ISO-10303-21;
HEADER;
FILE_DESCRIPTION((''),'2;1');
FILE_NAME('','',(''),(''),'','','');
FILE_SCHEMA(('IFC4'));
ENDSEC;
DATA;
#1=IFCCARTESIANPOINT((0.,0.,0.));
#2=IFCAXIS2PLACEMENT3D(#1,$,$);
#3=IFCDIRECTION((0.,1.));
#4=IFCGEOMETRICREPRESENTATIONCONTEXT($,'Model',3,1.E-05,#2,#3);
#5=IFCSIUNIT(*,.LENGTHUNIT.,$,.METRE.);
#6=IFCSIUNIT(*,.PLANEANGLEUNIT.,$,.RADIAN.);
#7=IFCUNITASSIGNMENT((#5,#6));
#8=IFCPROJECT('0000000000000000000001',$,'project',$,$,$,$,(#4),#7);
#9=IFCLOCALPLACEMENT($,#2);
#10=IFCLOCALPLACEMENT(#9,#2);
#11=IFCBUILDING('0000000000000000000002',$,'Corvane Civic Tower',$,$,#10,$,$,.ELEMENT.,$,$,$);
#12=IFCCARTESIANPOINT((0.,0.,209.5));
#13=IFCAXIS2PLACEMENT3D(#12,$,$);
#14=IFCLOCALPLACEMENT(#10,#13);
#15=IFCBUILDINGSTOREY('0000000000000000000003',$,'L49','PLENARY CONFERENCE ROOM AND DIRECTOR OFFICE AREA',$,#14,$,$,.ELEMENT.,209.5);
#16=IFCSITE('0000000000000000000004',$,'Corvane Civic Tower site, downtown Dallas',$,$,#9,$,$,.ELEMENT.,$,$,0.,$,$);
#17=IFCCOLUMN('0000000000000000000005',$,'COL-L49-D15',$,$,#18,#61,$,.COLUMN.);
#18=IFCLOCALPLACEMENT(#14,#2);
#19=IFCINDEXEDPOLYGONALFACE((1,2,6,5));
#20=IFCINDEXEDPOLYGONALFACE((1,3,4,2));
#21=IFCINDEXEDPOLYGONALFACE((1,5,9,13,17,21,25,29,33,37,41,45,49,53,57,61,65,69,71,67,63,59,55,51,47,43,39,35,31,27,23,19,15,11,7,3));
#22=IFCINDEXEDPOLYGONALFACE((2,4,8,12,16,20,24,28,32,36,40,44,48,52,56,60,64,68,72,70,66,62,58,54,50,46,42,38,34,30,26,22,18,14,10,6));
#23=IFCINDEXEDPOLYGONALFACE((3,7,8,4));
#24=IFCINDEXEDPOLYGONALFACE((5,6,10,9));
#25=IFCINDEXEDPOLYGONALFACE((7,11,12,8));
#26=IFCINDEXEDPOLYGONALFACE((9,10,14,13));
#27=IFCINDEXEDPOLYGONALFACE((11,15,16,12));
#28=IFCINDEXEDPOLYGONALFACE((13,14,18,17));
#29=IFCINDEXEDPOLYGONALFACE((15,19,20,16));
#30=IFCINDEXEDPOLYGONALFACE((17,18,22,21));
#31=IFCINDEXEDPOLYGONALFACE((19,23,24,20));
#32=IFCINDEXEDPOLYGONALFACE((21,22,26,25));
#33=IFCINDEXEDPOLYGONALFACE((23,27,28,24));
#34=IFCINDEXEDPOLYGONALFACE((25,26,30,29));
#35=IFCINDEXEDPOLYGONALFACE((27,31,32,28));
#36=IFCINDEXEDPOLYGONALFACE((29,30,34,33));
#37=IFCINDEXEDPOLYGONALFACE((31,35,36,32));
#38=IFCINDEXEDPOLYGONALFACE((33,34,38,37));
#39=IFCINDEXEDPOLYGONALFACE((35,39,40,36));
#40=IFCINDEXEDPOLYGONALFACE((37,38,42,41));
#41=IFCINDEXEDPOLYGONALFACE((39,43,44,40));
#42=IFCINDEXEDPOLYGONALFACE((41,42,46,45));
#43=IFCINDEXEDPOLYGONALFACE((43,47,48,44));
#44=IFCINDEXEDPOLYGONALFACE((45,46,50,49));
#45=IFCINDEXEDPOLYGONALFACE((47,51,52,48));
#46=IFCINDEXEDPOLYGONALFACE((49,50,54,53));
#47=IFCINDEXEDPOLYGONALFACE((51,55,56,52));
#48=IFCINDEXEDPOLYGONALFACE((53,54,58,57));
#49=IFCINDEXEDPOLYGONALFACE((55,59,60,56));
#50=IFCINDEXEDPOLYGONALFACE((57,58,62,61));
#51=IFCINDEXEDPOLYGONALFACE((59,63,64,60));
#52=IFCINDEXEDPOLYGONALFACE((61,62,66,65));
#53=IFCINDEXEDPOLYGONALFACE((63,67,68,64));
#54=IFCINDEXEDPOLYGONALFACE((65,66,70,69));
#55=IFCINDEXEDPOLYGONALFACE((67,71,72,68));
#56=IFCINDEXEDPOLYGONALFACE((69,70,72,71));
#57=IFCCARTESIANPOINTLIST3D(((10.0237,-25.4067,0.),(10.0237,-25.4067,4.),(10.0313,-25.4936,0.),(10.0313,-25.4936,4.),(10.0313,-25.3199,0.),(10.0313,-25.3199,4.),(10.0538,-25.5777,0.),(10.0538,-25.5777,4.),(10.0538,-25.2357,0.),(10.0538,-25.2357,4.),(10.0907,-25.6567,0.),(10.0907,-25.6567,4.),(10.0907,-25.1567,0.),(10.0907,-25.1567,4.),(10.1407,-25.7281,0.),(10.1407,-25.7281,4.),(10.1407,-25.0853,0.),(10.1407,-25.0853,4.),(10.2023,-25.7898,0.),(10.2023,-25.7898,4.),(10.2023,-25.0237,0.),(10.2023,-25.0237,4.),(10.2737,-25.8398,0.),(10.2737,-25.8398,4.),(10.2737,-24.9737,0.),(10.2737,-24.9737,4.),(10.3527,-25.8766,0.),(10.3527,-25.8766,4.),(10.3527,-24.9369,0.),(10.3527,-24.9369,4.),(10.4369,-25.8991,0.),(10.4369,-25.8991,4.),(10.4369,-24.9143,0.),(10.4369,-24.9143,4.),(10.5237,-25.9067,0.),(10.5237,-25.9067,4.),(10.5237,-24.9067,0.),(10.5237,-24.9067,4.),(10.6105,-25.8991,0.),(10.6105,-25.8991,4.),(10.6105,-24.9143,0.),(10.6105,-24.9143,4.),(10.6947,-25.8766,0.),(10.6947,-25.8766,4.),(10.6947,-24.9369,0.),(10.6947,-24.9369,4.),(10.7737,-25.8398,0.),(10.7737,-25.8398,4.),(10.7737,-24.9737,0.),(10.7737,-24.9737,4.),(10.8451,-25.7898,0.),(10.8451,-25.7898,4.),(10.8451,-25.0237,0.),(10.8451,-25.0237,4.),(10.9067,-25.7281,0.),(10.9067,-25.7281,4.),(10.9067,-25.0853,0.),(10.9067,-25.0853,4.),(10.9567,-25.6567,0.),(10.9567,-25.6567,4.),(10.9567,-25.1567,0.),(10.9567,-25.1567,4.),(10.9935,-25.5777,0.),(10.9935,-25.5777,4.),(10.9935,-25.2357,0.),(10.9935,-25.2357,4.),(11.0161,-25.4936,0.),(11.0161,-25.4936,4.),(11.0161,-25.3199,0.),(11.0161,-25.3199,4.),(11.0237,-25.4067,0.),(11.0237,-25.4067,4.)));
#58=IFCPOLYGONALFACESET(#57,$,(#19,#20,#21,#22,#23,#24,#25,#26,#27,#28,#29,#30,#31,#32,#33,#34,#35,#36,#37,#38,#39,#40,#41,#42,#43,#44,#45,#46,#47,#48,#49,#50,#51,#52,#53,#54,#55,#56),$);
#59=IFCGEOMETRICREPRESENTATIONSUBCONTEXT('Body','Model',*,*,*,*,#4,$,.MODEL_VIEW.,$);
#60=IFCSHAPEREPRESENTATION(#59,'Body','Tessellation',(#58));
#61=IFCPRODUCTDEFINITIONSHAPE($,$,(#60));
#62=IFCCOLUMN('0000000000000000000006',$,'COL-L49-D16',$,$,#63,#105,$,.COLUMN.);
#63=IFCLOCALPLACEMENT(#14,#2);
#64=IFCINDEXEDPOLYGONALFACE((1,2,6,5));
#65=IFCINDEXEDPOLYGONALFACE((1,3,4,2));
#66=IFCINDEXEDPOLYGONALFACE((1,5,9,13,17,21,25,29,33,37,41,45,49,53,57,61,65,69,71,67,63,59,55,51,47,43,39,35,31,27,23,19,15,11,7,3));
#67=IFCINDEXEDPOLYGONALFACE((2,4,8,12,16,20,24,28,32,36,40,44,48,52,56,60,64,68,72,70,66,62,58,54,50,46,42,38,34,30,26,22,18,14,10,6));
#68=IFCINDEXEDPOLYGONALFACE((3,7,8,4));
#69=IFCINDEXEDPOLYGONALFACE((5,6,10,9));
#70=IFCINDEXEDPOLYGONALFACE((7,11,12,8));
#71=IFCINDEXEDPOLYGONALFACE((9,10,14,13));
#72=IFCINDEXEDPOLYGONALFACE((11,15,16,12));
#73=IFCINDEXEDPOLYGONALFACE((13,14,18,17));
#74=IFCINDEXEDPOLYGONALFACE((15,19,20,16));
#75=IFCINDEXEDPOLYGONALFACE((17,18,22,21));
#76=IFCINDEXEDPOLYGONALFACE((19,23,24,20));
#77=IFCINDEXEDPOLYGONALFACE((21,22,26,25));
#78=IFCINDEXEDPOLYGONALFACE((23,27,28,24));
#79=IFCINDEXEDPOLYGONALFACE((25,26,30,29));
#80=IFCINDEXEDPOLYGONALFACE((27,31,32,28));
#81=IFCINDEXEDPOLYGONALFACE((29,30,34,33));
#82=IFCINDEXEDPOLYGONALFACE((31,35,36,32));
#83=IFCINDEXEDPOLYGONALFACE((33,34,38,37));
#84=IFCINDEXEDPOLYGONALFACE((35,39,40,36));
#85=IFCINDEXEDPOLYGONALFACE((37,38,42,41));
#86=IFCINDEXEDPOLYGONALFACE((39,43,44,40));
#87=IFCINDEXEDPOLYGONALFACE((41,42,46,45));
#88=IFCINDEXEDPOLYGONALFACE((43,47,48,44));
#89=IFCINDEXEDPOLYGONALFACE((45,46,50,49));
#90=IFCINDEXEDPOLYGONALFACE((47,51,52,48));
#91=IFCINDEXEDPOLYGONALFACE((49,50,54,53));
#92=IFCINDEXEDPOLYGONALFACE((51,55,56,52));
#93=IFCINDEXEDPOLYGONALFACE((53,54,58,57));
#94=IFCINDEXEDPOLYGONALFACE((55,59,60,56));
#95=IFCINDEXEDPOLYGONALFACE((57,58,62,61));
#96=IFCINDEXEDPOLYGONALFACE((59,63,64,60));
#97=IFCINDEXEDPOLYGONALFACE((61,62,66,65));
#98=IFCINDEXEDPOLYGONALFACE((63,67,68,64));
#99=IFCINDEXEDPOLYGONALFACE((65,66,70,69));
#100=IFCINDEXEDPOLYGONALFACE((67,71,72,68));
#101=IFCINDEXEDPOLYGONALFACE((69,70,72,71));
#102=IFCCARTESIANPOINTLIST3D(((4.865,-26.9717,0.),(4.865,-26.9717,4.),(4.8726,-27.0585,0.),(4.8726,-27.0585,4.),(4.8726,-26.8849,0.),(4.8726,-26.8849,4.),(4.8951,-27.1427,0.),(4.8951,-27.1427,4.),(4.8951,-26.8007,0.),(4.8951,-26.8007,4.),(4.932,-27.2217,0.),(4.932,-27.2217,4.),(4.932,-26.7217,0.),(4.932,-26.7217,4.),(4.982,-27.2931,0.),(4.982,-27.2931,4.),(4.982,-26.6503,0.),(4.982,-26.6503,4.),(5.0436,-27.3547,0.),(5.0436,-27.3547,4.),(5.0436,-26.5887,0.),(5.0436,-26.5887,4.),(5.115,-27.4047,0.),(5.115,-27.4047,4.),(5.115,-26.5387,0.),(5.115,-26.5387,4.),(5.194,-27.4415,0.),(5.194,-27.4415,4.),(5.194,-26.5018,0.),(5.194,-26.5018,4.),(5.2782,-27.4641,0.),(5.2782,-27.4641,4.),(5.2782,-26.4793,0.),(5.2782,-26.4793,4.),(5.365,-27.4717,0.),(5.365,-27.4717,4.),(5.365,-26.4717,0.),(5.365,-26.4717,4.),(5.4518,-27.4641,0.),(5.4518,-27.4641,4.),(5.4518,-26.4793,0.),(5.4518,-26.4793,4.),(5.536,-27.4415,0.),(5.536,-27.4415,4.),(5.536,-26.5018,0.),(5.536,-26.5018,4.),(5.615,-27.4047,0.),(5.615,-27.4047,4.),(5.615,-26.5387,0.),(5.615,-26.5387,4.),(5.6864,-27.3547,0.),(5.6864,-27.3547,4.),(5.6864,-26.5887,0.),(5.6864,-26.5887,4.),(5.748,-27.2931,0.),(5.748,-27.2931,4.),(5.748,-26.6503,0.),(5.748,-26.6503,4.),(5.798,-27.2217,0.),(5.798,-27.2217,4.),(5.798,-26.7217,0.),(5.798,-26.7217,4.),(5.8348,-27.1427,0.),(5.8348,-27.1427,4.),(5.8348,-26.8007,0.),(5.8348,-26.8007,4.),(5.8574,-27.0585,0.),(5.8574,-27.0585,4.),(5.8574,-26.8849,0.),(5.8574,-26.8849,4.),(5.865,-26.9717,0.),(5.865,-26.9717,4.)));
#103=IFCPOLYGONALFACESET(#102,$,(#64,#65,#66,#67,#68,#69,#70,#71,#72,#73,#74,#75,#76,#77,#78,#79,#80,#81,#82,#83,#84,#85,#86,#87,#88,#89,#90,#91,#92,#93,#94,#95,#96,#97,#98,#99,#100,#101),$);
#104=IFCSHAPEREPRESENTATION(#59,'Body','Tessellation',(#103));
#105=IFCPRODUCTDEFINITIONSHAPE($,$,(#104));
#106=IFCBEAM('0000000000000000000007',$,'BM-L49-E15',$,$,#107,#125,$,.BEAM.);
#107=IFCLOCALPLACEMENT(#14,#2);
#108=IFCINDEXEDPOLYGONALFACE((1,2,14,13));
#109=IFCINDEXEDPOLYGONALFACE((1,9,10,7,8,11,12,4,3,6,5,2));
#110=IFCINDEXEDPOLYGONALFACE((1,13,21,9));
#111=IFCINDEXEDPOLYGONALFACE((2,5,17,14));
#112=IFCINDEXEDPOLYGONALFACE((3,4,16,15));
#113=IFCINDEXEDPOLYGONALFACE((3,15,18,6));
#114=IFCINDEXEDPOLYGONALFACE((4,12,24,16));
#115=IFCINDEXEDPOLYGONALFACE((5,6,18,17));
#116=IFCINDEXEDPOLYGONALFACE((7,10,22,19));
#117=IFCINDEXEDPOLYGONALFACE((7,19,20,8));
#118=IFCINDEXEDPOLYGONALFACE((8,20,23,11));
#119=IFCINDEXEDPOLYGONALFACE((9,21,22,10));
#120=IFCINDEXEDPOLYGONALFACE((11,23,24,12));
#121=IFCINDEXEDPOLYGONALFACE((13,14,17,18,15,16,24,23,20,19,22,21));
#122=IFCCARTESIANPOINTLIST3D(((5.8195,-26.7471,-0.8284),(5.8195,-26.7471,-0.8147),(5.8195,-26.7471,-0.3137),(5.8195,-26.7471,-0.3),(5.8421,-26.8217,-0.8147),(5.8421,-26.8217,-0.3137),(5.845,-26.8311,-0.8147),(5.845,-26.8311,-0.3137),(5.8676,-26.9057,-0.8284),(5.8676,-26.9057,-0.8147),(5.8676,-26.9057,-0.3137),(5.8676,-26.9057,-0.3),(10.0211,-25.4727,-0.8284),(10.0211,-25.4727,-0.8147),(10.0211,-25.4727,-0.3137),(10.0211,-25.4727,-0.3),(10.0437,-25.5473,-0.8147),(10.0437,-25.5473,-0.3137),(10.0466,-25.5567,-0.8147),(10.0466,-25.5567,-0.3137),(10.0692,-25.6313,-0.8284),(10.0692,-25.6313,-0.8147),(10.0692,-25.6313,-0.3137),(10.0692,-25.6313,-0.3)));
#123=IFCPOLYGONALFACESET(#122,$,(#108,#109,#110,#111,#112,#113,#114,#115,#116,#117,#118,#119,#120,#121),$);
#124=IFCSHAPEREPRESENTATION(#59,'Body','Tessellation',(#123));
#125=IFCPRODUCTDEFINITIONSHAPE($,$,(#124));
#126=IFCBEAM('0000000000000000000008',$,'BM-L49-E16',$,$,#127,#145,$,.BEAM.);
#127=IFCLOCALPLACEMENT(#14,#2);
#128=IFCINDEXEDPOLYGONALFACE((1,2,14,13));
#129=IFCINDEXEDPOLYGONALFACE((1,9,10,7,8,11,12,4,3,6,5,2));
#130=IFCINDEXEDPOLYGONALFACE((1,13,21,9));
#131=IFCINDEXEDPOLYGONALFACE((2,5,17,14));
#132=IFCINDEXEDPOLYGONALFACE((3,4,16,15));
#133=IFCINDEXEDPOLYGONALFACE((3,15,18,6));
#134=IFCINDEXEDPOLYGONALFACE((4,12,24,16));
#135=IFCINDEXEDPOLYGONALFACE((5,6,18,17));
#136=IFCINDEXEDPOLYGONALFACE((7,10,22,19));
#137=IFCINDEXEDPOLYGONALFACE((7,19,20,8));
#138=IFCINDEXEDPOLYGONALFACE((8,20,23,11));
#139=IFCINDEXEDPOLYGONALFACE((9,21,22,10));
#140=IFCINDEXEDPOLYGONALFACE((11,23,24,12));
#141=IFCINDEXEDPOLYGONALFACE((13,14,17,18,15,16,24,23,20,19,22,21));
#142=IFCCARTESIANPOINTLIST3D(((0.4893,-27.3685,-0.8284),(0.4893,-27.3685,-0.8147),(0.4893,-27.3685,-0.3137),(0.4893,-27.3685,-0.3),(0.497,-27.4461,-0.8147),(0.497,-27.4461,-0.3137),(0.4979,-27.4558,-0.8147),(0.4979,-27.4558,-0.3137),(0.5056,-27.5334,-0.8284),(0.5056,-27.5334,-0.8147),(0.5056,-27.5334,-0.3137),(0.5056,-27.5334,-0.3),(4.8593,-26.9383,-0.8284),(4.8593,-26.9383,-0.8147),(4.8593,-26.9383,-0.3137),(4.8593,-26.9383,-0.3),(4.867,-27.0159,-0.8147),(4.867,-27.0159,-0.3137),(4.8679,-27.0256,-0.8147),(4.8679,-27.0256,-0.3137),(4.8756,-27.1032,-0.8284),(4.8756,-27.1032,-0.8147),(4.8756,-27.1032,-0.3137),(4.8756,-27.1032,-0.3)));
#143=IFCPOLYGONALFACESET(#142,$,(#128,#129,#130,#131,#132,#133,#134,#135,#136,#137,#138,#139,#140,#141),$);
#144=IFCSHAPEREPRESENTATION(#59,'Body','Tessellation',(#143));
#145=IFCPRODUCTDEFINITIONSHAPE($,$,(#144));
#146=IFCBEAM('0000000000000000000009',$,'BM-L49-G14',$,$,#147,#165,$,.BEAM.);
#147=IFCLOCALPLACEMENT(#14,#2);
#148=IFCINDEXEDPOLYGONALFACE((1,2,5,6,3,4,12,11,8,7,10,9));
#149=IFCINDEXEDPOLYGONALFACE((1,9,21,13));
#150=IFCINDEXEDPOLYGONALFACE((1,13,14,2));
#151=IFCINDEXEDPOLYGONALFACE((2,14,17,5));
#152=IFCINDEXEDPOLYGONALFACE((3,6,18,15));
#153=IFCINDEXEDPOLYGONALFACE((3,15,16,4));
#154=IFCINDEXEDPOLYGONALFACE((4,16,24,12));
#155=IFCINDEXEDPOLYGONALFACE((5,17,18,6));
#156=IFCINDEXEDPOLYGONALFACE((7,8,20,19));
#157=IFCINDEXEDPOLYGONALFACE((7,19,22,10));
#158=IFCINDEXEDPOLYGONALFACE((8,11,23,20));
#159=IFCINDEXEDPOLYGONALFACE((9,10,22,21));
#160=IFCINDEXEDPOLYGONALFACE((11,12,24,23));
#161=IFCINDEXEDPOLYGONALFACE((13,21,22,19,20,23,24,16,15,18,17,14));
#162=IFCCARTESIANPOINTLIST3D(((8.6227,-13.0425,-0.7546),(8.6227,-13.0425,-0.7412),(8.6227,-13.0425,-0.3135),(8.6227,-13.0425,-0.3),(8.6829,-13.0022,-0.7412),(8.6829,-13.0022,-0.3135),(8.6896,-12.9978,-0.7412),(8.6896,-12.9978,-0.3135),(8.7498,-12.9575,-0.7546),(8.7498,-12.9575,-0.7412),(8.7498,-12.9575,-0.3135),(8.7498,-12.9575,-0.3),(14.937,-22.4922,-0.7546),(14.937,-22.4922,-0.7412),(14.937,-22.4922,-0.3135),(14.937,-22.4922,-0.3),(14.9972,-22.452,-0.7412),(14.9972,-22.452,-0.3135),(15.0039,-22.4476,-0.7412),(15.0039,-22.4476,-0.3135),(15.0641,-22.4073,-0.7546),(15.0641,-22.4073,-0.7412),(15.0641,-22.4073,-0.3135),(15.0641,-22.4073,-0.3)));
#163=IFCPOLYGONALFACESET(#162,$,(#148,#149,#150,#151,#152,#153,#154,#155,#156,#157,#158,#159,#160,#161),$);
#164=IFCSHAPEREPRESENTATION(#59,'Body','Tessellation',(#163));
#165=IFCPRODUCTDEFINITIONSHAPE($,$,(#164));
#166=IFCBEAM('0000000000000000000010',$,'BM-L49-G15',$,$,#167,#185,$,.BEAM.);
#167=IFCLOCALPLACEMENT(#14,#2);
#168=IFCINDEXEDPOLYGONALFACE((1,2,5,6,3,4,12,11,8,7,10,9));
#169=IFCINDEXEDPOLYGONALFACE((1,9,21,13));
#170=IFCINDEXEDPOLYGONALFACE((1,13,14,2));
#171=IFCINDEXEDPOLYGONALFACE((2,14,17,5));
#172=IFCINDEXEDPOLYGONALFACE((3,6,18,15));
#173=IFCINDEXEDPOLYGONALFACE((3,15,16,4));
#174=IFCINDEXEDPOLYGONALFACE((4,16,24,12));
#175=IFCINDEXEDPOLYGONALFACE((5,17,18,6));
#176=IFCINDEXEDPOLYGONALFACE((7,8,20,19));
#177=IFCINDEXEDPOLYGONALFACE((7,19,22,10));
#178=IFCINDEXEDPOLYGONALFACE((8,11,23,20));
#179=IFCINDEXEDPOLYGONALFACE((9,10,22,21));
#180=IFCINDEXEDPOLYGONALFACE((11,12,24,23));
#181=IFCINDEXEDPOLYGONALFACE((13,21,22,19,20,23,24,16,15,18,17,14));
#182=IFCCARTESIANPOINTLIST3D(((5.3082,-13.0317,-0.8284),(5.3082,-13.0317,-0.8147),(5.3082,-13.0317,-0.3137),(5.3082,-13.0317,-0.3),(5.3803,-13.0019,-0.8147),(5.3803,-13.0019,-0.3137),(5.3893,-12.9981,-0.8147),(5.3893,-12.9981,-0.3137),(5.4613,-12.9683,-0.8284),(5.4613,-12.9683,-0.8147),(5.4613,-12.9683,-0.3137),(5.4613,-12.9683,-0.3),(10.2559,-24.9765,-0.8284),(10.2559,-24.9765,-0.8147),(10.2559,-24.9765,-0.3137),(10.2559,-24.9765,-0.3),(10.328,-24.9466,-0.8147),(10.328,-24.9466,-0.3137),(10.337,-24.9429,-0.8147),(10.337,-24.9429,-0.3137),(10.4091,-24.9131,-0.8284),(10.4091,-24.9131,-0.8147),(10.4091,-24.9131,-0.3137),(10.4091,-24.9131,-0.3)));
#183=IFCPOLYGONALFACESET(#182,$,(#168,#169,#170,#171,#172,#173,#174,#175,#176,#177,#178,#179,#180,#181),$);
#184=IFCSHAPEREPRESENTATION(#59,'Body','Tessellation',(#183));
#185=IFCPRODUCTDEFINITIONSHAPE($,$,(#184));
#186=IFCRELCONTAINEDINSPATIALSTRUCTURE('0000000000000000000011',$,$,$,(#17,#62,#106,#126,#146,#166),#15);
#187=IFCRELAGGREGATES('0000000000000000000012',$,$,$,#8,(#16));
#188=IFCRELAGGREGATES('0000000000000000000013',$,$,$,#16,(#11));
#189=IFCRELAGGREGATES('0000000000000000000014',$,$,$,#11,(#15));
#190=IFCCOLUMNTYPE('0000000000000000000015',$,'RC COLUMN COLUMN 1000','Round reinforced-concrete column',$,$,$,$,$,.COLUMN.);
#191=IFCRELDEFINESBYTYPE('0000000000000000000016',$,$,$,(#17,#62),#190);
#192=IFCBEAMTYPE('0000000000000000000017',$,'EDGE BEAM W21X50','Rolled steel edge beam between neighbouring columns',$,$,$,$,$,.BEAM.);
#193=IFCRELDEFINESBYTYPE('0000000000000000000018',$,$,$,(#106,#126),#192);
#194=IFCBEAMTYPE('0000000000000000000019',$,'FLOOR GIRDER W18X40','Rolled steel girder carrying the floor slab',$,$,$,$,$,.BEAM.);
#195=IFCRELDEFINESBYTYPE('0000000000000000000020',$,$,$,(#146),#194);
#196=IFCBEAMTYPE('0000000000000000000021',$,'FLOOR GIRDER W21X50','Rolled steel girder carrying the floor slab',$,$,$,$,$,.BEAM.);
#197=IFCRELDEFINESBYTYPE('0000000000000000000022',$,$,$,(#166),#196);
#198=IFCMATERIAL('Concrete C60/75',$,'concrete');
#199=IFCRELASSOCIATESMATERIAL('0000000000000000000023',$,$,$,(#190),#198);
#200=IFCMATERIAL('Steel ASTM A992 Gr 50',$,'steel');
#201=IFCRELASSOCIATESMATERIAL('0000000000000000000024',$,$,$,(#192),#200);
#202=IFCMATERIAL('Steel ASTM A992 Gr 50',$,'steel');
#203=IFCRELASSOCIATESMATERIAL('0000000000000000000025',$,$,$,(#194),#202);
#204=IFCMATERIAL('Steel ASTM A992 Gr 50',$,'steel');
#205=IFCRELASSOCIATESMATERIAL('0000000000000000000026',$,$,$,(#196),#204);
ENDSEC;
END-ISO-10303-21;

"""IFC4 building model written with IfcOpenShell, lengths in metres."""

from ifc_helpers import new_model, si_unit, direction, frame, origin, origin_2d, place, context, subcontext, project, spatial, circle, i_section, extrude, material, material_profile, profile_set, type_object, element, save


model = new_model("IFC4")

# Units and contexts
model_context = context("Model", 3, precision=1e-05, world=origin(), true_north=direction((0.0, 1.0)))
body_context = subcontext(model_context, "Body", "Model", "MODEL_VIEW")
ifc_project = project(units=[si_unit("LENGTHUNIT", "METRE"), si_unit("PLANEANGLEUNIT", "RADIAN")], contexts=[model_context])

# Site, building, storey
site_placement = place(None, origin())
site = spatial("IfcSite", under=ifc_project, at=site_placement, Name="Corvane Civic Tower site, downtown Dallas", CompositionType="ELEMENT", RefElevation=0.0)
building_placement = place(site_placement, origin())
building = spatial("IfcBuilding", under=site, at=building_placement, Name="Corvane Civic Tower", CompositionType="ELEMENT")
storey_placement = place(building_placement, frame((0.0, 0.0, 209.5)))
storey = spatial("IfcBuildingStorey", under=building, at=storey_placement, Name="L49", Description="PLENARY CONFERENCE ROOM AND DIRECTOR OFFICE AREA", CompositionType="ELEMENT", Elevation=209.5)

# Columns
ifc_material_1 = material(Name="Concrete C60/75", Category="concrete")
ifc_material_profile_1 = material_profile(ifc_material_1, circle(Radius=0.5, at=origin_2d()), Name="COLUMN 1000")
ifc_profile_set_1 = profile_set([ifc_material_profile_1], Name="Concrete C60/75")
column_type = type_object("IfcColumnType", Name="RC COLUMN COLUMN 1000", Description="Round reinforced-concrete column", PredefinedType="COLUMN", material=ifc_profile_set_1)
for number, where, z_axis, x_axis, name in (
    (1, (10.5237, -25.4067, 0.0), (0.0, 0.0, 1.0), (1.0, 0.0, 0.0), "COL-L49-D15"),
    (2, (5.365, -26.9717, 0.0), (0.0, 0.0, 1.0), (1.0, 0.0, 0.0), "COL-L49-D16"),
):
    element("IfcColumn", number, at=place(storey_placement, frame(where, z_axis=z_axis, x_axis=x_axis)), inside=storey, type_object=column_type, Name=name, PredefinedType="COLUMN", context=body_context, shape_type="SweptSolid", body=[
        extrude(circle(Radius=0.5, at=origin_2d()), origin(), (0.0, 0.0, 1.0), 4.0),
    ])

# Beams
ifc_material_2 = material(Name="Steel ASTM A992 Gr 50", Category="steel")
ifc_material_profile_2 = material_profile(ifc_material_2, i_section(OverallWidth=0.1658, OverallDepth=0.5283, WebThickness=0.0098, FlangeThickness=0.0137, at=origin_2d()), Name="W21X50")
ifc_profile_set_2 = profile_set([ifc_material_profile_2], Name="Steel ASTM A992 Gr 50")
beam_type_1 = type_object("IfcBeamType", Name="EDGE BEAM W21X50", Description="Rolled steel edge beam between neighbouring columns", PredefinedType="BEAM", material=ifc_profile_set_2)
beam_1_placement = place(storey_placement, frame((10.0452, -25.552, -0.5642), z_axis=(-0.95695, -0.290254, 0.0), x_axis=(0.290254, -0.95695, 0.0)))
element("IfcBeam", 3, at=beam_1_placement, inside=storey, type_object=beam_type_1, Name="BM-L49-E15", PredefinedType="BEAM", context=body_context, shape_type="SweptSolid", body=[
    extrude(i_section(OverallWidth=0.1658, OverallDepth=0.5283, WebThickness=0.0098, FlangeThickness=0.0137, at=origin_2d()), origin(), (0.0, 0.0, 1.0), 4.3906),
])
beam_2_placement = place(storey_placement, frame((4.8674, -27.0208, -0.5642), z_axis=(-0.99519, -0.097968, 0.0), x_axis=(0.097968, -0.99519, 0.0)))
element("IfcBeam", 4, at=beam_2_placement, inside=storey, type_object=beam_type_1, Name="BM-L49-E16", PredefinedType="BEAM", context=body_context, shape_type="SweptSolid", body=[
    extrude(i_section(OverallWidth=0.1658, OverallDepth=0.5283, WebThickness=0.0098, FlangeThickness=0.0137, at=origin_2d()), origin(), (0.0, 0.0, 1.0), 4.3911),
])
ifc_material_3 = material(Name="Steel ASTM A992 Gr 50", Category="steel")
ifc_material_profile_3 = material_profile(ifc_material_3, i_section(OverallWidth=0.1528, OverallDepth=0.4546, WebThickness=0.0081, FlangeThickness=0.0134, at=origin_2d()), Name="W18X40")
ifc_profile_set_3 = profile_set([ifc_material_profile_3], Name="Steel ASTM A992 Gr 50")
beam_type_2 = type_object("IfcBeamType", Name="FLOOR GIRDER W18X40", Description="Rolled steel girder carrying the floor slab", PredefinedType="BEAM", material=ifc_profile_set_3)
beam_3_placement = place(storey_placement, frame((8.6863, -13.0, -0.5273), z_axis=(0.555577, -0.831465, 0.0), x_axis=(0.831465, 0.555577, 0.0)))
element("IfcBeam", 5, at=beam_3_placement, inside=storey, type_object=beam_type_2, Name="BM-L49-G14", PredefinedType="BEAM", context=body_context, shape_type="SweptSolid", body=[
    extrude(i_section(OverallWidth=0.1528, OverallDepth=0.4546, WebThickness=0.0081, FlangeThickness=0.0134, at=origin_2d()), origin(), (0.0, 0.0, 1.0), 11.3652),
])
ifc_material_4 = material(Name="Steel ASTM A992 Gr 50", Category="steel")
ifc_material_profile_4 = material_profile(ifc_material_4, i_section(OverallWidth=0.1658, OverallDepth=0.5283, WebThickness=0.0098, FlangeThickness=0.0137, at=origin_2d()), Name="W21X50")
ifc_profile_set_4 = profile_set([ifc_material_profile_4], Name="Steel ASTM A992 Gr 50")
beam_type_3 = type_object("IfcBeamType", Name="FLOOR GIRDER W21X50", Description="Rolled steel girder carrying the floor slab", PredefinedType="BEAM", material=ifc_profile_set_4)
beam_4_placement = place(storey_placement, frame((5.3848, -13.0, -0.5642), z_axis=(0.382686, -0.923878, 0.0), x_axis=(0.923878, 0.382686, 0.0)))
element("IfcBeam", 6, at=beam_4_placement, inside=storey, type_object=beam_type_3, Name="BM-L49-G15", PredefinedType="BEAM", context=body_context, shape_type="SweptSolid", body=[
    extrude(i_section(OverallWidth=0.1658, OverallDepth=0.5283, WebThickness=0.0098, FlangeThickness=0.0137, at=origin_2d()), origin(), (0.0, 0.0, 1.0), 12.929),
])

save(model, "model.ifc")
